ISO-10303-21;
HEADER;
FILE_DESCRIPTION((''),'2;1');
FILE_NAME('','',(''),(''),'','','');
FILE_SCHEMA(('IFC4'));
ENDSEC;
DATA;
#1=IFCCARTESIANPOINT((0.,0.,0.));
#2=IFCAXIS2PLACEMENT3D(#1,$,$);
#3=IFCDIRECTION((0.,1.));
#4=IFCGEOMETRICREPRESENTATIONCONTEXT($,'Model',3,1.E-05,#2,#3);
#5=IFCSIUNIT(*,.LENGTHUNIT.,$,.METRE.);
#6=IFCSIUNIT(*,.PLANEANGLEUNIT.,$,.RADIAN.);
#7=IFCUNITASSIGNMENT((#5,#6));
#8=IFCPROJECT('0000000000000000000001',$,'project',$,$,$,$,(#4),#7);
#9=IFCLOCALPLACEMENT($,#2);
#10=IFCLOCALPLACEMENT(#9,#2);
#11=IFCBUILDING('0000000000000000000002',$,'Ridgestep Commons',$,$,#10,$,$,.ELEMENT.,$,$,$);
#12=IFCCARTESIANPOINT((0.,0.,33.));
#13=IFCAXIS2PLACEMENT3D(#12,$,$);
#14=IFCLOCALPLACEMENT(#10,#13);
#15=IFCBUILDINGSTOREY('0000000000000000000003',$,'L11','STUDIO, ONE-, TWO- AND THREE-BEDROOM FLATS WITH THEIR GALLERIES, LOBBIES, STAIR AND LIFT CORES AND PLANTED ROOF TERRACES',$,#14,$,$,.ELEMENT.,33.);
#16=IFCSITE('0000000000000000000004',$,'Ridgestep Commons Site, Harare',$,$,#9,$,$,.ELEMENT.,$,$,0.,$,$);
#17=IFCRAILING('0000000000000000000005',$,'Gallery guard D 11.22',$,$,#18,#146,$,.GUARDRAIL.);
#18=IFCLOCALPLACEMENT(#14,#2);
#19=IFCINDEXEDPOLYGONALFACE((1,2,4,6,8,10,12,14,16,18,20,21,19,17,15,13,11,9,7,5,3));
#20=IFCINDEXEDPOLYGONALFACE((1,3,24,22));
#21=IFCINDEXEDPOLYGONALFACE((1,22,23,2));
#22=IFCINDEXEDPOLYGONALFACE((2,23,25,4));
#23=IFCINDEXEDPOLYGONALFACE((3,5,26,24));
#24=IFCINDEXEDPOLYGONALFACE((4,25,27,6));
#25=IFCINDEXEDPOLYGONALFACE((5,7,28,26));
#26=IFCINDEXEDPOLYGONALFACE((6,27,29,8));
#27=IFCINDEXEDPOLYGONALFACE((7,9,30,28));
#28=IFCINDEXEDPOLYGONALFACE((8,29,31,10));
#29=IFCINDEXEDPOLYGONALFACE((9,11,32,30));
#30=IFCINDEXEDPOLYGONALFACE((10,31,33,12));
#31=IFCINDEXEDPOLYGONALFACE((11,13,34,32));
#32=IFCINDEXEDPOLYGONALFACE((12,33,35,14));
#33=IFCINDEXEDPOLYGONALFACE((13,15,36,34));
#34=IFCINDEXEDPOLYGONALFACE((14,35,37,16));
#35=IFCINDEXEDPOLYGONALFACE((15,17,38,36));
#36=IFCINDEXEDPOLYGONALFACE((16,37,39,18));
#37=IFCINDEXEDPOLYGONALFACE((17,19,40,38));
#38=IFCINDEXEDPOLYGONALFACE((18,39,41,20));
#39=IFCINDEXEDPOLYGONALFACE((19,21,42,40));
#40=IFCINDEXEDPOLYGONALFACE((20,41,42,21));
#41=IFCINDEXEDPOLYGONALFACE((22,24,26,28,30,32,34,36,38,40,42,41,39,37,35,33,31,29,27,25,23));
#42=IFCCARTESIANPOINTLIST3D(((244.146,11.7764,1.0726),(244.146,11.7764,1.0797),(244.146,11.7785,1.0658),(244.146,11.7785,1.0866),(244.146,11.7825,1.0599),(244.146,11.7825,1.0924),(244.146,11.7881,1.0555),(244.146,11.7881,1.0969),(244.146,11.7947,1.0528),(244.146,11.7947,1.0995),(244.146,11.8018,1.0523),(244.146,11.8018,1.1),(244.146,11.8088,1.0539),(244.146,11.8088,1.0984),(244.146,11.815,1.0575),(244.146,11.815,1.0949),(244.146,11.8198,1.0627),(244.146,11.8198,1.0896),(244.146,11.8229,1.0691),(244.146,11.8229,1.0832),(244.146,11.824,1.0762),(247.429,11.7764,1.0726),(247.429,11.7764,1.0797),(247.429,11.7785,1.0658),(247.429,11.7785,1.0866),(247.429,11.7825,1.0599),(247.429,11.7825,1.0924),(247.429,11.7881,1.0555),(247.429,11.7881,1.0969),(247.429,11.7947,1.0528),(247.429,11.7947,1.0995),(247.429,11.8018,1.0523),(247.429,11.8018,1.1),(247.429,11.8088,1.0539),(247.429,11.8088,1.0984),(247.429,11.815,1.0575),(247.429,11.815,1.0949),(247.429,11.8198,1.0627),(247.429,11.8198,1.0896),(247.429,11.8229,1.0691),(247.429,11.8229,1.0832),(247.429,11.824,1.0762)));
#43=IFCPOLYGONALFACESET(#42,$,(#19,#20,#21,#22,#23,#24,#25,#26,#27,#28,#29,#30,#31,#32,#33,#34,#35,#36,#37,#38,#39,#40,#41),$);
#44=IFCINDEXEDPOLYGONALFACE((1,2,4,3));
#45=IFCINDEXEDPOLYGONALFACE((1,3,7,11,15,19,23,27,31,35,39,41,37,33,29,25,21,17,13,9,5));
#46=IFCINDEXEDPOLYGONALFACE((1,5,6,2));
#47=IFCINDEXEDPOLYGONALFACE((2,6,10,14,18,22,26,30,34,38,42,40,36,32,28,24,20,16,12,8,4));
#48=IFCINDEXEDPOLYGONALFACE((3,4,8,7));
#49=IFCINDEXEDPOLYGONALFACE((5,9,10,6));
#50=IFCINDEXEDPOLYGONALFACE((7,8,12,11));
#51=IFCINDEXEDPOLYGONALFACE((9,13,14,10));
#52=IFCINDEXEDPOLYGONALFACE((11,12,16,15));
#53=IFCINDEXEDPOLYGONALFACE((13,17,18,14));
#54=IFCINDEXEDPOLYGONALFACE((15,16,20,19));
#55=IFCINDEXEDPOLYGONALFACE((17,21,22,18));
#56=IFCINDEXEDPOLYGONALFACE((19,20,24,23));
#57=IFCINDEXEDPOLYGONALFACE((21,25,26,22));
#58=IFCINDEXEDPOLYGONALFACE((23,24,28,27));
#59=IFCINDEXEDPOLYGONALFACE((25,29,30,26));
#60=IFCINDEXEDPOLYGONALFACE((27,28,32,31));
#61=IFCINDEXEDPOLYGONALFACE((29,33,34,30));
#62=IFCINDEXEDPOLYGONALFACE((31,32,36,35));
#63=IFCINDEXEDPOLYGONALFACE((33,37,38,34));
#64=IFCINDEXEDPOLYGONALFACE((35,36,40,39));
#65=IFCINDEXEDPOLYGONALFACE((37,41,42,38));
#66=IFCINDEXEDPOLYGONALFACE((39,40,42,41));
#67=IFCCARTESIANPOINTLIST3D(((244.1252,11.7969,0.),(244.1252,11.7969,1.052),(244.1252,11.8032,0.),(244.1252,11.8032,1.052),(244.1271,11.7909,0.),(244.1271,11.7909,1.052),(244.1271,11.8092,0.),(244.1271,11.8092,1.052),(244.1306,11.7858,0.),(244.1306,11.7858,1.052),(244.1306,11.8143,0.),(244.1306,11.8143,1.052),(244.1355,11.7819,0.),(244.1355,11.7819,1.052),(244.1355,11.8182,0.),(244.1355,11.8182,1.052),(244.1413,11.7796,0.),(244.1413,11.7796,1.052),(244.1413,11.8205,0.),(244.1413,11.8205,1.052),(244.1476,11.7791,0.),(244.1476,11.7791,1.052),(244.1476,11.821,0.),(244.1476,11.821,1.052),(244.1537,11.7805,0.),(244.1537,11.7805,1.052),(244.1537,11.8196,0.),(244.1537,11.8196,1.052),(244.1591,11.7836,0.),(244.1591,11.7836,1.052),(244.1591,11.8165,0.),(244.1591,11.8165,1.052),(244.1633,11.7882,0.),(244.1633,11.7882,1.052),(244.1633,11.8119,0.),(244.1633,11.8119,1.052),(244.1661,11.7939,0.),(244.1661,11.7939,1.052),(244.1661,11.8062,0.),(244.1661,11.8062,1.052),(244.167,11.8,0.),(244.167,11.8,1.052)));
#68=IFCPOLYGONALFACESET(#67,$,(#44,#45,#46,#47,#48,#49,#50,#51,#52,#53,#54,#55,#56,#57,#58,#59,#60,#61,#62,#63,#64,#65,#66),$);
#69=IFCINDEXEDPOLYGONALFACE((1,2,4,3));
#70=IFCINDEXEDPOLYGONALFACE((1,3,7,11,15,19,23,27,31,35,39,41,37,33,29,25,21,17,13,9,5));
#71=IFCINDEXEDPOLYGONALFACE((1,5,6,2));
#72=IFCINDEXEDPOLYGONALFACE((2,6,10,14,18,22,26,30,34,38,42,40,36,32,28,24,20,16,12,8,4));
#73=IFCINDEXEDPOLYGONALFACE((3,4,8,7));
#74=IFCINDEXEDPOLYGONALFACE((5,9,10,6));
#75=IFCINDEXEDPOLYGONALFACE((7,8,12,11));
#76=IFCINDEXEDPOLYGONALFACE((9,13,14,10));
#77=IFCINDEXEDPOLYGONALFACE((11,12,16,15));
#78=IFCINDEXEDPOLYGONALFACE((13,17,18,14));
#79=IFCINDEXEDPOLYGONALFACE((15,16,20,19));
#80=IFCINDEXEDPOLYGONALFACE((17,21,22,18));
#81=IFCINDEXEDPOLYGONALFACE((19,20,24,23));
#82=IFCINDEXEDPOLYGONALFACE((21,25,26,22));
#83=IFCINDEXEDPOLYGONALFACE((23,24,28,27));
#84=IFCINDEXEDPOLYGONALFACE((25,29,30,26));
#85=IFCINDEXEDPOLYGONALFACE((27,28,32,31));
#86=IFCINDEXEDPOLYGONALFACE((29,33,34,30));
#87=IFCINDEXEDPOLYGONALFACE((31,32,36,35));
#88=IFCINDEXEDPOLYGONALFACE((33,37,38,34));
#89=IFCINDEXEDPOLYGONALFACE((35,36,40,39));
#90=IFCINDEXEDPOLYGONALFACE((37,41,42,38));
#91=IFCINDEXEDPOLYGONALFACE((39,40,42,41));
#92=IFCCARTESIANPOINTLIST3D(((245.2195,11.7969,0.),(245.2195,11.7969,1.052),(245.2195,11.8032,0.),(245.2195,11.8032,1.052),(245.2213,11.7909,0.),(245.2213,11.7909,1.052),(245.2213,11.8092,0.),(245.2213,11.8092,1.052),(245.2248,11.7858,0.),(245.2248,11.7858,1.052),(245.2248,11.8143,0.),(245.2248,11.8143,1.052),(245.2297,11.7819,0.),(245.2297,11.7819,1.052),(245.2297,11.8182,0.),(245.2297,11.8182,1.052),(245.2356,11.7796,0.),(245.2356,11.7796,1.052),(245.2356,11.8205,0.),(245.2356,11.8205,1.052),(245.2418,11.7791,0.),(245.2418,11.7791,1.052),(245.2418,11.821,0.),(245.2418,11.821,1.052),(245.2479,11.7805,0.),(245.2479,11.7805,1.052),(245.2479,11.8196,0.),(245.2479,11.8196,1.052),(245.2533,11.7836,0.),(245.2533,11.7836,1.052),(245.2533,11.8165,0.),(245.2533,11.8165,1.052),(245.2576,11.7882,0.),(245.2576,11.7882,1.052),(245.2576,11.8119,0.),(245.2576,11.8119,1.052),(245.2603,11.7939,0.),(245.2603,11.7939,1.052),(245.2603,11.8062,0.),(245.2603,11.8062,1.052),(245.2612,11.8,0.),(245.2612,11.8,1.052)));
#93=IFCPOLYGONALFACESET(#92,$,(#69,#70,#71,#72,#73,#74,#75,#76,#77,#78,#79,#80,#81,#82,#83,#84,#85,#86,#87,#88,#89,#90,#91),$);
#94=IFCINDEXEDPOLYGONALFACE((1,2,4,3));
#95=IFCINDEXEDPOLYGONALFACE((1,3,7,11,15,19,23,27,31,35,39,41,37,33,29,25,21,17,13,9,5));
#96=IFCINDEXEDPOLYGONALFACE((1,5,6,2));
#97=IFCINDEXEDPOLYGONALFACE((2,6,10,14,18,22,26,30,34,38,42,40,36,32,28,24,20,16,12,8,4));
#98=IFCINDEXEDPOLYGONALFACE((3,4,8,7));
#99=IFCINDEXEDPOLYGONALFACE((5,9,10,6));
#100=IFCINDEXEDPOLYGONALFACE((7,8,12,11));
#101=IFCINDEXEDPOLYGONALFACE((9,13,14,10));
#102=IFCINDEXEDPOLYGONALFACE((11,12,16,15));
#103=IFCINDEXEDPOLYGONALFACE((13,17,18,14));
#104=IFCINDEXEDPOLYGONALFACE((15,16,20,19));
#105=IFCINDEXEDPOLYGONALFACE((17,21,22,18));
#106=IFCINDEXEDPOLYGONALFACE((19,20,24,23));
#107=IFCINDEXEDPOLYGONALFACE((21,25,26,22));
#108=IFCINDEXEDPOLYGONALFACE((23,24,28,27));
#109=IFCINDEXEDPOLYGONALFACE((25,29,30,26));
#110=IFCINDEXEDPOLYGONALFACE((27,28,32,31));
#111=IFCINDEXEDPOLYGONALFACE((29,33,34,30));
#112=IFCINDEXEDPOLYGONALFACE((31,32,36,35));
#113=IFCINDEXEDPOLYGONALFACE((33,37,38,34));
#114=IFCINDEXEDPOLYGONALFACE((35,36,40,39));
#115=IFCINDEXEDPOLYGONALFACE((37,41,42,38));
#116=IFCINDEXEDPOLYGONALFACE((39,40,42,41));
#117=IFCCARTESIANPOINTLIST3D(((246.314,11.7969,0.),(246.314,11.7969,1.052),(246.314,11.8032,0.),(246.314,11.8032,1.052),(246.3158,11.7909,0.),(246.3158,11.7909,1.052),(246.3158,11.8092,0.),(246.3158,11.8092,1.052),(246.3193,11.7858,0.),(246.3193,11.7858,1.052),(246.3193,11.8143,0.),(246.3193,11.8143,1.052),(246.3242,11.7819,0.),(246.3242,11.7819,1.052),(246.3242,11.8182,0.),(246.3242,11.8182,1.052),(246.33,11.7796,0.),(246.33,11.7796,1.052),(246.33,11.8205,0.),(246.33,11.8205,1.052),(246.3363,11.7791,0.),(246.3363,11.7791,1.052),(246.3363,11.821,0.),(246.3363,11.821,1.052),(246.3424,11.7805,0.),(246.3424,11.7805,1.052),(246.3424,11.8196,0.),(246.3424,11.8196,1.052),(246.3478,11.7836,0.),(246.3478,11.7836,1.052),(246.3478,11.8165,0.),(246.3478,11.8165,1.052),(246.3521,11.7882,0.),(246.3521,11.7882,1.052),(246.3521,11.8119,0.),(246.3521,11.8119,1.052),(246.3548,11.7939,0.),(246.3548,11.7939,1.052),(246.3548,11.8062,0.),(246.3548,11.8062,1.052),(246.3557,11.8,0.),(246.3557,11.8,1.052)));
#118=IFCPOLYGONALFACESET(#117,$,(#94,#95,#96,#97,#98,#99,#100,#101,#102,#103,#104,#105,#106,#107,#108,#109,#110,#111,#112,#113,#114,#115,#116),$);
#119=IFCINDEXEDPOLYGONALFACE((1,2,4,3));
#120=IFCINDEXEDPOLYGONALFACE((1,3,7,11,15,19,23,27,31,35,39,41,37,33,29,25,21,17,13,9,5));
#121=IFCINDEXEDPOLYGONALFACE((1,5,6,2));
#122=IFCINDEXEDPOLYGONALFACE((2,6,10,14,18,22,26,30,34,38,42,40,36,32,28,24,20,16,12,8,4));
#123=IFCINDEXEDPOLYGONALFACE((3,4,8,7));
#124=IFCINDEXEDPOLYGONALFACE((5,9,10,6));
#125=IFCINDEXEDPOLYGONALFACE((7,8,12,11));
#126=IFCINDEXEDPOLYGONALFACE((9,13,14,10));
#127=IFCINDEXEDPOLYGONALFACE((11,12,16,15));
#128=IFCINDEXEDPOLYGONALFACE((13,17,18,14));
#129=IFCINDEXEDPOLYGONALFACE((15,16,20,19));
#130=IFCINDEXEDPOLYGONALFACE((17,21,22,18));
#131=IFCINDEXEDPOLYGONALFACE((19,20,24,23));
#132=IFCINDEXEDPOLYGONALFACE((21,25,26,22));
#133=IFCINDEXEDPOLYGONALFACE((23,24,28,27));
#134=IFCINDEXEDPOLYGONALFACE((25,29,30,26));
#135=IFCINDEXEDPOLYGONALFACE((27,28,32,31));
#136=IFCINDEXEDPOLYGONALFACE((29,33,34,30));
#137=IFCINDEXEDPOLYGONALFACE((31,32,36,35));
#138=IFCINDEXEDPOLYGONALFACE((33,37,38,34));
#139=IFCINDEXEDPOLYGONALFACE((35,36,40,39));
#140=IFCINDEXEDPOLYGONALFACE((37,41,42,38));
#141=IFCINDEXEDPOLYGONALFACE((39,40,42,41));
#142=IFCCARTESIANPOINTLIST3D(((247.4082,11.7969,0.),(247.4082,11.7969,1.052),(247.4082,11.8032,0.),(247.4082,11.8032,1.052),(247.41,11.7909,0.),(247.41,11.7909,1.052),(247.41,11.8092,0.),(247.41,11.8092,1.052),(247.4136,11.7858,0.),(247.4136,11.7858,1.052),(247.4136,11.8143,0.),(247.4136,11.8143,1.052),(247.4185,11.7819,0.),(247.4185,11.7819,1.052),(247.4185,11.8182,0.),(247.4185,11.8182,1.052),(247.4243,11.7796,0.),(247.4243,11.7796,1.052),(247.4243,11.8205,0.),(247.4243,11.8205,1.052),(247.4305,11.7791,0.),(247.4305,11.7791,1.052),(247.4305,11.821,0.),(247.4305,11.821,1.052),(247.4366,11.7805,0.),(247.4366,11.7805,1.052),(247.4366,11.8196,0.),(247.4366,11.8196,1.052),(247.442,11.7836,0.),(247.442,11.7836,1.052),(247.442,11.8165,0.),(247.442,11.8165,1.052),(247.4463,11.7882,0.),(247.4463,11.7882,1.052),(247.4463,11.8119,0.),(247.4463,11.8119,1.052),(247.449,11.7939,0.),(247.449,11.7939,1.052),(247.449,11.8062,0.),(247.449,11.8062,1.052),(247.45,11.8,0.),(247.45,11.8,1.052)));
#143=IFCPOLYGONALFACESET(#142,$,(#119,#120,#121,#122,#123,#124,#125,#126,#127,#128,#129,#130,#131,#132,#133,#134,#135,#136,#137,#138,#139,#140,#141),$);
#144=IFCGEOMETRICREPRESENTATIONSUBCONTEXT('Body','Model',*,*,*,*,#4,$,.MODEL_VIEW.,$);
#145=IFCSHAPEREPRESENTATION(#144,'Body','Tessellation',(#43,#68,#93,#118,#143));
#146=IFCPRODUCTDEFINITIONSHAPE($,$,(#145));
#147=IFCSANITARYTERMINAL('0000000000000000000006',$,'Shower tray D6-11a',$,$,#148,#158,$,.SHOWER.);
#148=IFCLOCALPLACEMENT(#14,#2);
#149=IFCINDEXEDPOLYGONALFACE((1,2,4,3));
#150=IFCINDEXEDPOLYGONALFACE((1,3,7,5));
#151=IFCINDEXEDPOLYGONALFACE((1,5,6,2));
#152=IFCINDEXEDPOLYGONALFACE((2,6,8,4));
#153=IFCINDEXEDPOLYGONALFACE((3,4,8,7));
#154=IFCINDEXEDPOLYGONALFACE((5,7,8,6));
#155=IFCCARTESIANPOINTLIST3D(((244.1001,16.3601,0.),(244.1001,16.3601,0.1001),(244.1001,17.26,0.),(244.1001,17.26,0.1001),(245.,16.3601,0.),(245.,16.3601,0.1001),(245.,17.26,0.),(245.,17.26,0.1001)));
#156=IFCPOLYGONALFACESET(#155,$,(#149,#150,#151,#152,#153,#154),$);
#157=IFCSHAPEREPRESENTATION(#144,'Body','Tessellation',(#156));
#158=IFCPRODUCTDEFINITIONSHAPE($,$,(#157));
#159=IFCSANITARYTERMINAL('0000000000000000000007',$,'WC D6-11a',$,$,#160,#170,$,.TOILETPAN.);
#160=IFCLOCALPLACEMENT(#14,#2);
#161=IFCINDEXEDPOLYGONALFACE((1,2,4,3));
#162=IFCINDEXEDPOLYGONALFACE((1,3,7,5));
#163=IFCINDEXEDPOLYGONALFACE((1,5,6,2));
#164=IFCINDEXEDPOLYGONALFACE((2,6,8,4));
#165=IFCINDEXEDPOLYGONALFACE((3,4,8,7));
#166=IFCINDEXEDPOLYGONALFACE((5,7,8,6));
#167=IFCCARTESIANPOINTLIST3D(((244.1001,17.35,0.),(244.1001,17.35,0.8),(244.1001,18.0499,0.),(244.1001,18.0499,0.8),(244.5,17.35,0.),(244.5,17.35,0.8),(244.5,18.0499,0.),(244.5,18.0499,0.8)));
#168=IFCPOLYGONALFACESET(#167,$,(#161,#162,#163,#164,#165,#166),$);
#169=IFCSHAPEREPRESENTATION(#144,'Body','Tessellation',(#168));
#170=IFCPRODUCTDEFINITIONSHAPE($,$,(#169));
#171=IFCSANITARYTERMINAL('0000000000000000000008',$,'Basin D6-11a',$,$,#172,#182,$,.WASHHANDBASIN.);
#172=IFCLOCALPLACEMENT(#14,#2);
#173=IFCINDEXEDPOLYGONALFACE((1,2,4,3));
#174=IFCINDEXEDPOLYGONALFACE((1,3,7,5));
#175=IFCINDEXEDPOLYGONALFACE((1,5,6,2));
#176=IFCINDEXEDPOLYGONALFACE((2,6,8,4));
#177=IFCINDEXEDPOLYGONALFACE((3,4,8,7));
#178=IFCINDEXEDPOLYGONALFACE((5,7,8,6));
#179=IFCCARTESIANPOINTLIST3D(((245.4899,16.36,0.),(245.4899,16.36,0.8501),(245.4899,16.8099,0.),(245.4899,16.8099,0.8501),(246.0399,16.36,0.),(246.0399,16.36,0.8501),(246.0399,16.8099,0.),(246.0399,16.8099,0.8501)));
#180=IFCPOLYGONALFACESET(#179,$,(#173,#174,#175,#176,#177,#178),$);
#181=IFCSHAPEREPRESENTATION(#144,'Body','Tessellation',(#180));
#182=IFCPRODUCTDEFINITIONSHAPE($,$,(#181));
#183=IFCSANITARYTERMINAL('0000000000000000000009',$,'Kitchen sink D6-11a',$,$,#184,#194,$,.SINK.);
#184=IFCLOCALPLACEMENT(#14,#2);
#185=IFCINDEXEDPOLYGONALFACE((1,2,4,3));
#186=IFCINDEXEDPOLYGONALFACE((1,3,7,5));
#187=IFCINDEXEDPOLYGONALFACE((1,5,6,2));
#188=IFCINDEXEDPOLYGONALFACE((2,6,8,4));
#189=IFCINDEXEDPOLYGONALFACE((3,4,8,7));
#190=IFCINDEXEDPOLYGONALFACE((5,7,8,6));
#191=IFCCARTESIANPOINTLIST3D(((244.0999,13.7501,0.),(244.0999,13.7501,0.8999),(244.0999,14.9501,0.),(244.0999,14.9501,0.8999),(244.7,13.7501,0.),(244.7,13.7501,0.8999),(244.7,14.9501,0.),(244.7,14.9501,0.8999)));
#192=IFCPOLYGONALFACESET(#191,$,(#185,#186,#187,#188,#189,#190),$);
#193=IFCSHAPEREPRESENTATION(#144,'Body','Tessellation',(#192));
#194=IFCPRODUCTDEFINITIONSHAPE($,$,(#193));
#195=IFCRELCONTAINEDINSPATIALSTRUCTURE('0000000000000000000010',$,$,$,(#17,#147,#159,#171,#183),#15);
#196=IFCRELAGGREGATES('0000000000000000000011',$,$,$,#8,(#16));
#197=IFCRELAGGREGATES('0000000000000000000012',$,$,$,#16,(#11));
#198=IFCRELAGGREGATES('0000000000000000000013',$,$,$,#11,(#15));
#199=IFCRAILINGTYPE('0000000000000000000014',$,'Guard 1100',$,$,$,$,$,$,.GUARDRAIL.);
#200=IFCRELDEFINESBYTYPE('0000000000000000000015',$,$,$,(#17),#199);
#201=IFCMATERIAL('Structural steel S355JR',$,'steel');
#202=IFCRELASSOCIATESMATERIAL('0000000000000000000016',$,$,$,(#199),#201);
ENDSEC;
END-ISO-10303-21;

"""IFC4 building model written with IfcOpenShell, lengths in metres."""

from ifc_helpers import new_model, si_unit, direction, frame, origin, origin_2d, place, context, subcontext, project, spatial, rectangle, circle, extrude, material, type_object, element, save


model = new_model("IFC4")

# Units and contexts
model_context = context("Model", 3, precision=1e-05, world=origin(), true_north=direction((0.0, 1.0)))
body_context = subcontext(model_context, "Body", "Model", "MODEL_VIEW")
ifc_project = project(units=[si_unit("LENGTHUNIT", "METRE"), si_unit("PLANEANGLEUNIT", "RADIAN")], contexts=[model_context])

# Site, building, storey
site_placement = place(None, origin())
site = spatial("IfcSite", under=ifc_project, at=site_placement, Name="Ridgestep Commons Site, Harare", CompositionType="ELEMENT", RefElevation=0.0)
building_placement = place(site_placement, origin())
building = spatial("IfcBuilding", under=site, at=building_placement, Name="Ridgestep Commons", CompositionType="ELEMENT")
storey_placement = place(building_placement, frame((0.0, 0.0, 33.0)))
storey = spatial("IfcBuildingStorey", under=building, at=storey_placement, Name="L11", Description="STUDIO, ONE-, TWO- AND THREE-BEDROOM FLATS WITH THEIR GALLERIES, LOBBIES, STAIR AND LIFT CORES AND PLANTED ROOF TERRACES", CompositionType="ELEMENT", Elevation=33.0)

# Railing
ifc_material_1 = material(Name="Structural steel S355JR", Category="steel")
railing_type = type_object("IfcRailingType", Name="Guard 1100", PredefinedType="GUARDRAIL", material=ifc_material_1)
railing_1_placement = place(storey_placement, frame((244.146, 11.8, 0.0)))
element("IfcRailing", 1, at=railing_1_placement, inside=storey, type_object=railing_type, Name="Gallery guard D 11.22", PredefinedType="GUARDRAIL", context=body_context, shape_type="SweptSolid", body=[
    extrude(circle(Radius=0.0239, at=origin_2d()), frame((0.0, 0.0, 1.0762), z_axis=(1.0, 0.0, 0.0), x_axis=(0.0, 1.0, 0.0)), (0.0, 0.0, 1.0), 3.283),
    extrude(circle(Radius=0.021, at=origin_2d()), origin(), (0.0, 0.0, 1.0), 1.052),
    extrude(circle(Radius=0.021, at=origin_2d()), frame((1.0942, 0.0, 0.0)), (0.0, 0.0, 1.0), 1.052),
    extrude(circle(Radius=0.021, at=origin_2d()), frame((2.1887, 0.0, 0.0)), (0.0, 0.0, 1.0), 1.052),
    extrude(circle(Radius=0.021, at=origin_2d()), frame((3.283, 0.0, 0.0)), (0.0, 0.0, 1.0), 1.052),
])

# Sanitary terminals
sanitary_terminal_1_placement = place(storey_placement, frame((244.55, 16.8101, 0.0), z_axis=(0.0, 0.0, 1.0), x_axis=(1.0, 0.0, 0.0)))
element("IfcSanitaryTerminal", 2, at=sanitary_terminal_1_placement, inside=storey, Name="Shower tray D6-11a", PredefinedType="SHOWER", context=body_context, shape_type="SweptSolid", body=[
    extrude(rectangle(XDim=0.8999, YDim=0.8999, at=origin_2d()), origin(), (0.0, 0.0, 1.0), 0.1001),
])
sanitary_terminal_2_placement = place(storey_placement, frame((244.3, 17.7, 0.0), z_axis=(0.0, 0.0, 1.0), x_axis=(1.0, 0.0, 0.0)))
element("IfcSanitaryTerminal", 3, at=sanitary_terminal_2_placement, inside=storey, Name="WC D6-11a", PredefinedType="TOILETPAN", context=body_context, shape_type="SweptSolid", body=[
    extrude(rectangle(XDim=0.3999, YDim=0.7, at=origin_2d()), origin(), (0.0, 0.0, 1.0), 0.8),
])
sanitary_terminal_3_placement = place(storey_placement, frame((245.7649, 16.585, 0.0), z_axis=(0.0, 0.0, 1.0), x_axis=(1.0, 0.0, 0.0)))
element("IfcSanitaryTerminal", 4, at=sanitary_terminal_3_placement, inside=storey, Name="Basin D6-11a", PredefinedType="WASHHANDBASIN", context=body_context, shape_type="SweptSolid", body=[
    extrude(rectangle(XDim=0.55, YDim=0.45, at=origin_2d()), origin(), (0.0, 0.0, 1.0), 0.8501),
])
sanitary_terminal_4_placement = place(storey_placement, frame((244.3999, 14.3501, 0.0), z_axis=(0.0, 0.0, 1.0), x_axis=(1.0, 0.0, 0.0)))
element("IfcSanitaryTerminal", 5, at=sanitary_terminal_4_placement, inside=storey, Name="Kitchen sink D6-11a", PredefinedType="SINK", context=body_context, shape_type="SweptSolid", body=[
    extrude(rectangle(XDim=0.6001, YDim=1.2, at=origin_2d()), origin(), (0.0, 0.0, 1.0), 0.8999),
])

save(model, "model.ifc")
